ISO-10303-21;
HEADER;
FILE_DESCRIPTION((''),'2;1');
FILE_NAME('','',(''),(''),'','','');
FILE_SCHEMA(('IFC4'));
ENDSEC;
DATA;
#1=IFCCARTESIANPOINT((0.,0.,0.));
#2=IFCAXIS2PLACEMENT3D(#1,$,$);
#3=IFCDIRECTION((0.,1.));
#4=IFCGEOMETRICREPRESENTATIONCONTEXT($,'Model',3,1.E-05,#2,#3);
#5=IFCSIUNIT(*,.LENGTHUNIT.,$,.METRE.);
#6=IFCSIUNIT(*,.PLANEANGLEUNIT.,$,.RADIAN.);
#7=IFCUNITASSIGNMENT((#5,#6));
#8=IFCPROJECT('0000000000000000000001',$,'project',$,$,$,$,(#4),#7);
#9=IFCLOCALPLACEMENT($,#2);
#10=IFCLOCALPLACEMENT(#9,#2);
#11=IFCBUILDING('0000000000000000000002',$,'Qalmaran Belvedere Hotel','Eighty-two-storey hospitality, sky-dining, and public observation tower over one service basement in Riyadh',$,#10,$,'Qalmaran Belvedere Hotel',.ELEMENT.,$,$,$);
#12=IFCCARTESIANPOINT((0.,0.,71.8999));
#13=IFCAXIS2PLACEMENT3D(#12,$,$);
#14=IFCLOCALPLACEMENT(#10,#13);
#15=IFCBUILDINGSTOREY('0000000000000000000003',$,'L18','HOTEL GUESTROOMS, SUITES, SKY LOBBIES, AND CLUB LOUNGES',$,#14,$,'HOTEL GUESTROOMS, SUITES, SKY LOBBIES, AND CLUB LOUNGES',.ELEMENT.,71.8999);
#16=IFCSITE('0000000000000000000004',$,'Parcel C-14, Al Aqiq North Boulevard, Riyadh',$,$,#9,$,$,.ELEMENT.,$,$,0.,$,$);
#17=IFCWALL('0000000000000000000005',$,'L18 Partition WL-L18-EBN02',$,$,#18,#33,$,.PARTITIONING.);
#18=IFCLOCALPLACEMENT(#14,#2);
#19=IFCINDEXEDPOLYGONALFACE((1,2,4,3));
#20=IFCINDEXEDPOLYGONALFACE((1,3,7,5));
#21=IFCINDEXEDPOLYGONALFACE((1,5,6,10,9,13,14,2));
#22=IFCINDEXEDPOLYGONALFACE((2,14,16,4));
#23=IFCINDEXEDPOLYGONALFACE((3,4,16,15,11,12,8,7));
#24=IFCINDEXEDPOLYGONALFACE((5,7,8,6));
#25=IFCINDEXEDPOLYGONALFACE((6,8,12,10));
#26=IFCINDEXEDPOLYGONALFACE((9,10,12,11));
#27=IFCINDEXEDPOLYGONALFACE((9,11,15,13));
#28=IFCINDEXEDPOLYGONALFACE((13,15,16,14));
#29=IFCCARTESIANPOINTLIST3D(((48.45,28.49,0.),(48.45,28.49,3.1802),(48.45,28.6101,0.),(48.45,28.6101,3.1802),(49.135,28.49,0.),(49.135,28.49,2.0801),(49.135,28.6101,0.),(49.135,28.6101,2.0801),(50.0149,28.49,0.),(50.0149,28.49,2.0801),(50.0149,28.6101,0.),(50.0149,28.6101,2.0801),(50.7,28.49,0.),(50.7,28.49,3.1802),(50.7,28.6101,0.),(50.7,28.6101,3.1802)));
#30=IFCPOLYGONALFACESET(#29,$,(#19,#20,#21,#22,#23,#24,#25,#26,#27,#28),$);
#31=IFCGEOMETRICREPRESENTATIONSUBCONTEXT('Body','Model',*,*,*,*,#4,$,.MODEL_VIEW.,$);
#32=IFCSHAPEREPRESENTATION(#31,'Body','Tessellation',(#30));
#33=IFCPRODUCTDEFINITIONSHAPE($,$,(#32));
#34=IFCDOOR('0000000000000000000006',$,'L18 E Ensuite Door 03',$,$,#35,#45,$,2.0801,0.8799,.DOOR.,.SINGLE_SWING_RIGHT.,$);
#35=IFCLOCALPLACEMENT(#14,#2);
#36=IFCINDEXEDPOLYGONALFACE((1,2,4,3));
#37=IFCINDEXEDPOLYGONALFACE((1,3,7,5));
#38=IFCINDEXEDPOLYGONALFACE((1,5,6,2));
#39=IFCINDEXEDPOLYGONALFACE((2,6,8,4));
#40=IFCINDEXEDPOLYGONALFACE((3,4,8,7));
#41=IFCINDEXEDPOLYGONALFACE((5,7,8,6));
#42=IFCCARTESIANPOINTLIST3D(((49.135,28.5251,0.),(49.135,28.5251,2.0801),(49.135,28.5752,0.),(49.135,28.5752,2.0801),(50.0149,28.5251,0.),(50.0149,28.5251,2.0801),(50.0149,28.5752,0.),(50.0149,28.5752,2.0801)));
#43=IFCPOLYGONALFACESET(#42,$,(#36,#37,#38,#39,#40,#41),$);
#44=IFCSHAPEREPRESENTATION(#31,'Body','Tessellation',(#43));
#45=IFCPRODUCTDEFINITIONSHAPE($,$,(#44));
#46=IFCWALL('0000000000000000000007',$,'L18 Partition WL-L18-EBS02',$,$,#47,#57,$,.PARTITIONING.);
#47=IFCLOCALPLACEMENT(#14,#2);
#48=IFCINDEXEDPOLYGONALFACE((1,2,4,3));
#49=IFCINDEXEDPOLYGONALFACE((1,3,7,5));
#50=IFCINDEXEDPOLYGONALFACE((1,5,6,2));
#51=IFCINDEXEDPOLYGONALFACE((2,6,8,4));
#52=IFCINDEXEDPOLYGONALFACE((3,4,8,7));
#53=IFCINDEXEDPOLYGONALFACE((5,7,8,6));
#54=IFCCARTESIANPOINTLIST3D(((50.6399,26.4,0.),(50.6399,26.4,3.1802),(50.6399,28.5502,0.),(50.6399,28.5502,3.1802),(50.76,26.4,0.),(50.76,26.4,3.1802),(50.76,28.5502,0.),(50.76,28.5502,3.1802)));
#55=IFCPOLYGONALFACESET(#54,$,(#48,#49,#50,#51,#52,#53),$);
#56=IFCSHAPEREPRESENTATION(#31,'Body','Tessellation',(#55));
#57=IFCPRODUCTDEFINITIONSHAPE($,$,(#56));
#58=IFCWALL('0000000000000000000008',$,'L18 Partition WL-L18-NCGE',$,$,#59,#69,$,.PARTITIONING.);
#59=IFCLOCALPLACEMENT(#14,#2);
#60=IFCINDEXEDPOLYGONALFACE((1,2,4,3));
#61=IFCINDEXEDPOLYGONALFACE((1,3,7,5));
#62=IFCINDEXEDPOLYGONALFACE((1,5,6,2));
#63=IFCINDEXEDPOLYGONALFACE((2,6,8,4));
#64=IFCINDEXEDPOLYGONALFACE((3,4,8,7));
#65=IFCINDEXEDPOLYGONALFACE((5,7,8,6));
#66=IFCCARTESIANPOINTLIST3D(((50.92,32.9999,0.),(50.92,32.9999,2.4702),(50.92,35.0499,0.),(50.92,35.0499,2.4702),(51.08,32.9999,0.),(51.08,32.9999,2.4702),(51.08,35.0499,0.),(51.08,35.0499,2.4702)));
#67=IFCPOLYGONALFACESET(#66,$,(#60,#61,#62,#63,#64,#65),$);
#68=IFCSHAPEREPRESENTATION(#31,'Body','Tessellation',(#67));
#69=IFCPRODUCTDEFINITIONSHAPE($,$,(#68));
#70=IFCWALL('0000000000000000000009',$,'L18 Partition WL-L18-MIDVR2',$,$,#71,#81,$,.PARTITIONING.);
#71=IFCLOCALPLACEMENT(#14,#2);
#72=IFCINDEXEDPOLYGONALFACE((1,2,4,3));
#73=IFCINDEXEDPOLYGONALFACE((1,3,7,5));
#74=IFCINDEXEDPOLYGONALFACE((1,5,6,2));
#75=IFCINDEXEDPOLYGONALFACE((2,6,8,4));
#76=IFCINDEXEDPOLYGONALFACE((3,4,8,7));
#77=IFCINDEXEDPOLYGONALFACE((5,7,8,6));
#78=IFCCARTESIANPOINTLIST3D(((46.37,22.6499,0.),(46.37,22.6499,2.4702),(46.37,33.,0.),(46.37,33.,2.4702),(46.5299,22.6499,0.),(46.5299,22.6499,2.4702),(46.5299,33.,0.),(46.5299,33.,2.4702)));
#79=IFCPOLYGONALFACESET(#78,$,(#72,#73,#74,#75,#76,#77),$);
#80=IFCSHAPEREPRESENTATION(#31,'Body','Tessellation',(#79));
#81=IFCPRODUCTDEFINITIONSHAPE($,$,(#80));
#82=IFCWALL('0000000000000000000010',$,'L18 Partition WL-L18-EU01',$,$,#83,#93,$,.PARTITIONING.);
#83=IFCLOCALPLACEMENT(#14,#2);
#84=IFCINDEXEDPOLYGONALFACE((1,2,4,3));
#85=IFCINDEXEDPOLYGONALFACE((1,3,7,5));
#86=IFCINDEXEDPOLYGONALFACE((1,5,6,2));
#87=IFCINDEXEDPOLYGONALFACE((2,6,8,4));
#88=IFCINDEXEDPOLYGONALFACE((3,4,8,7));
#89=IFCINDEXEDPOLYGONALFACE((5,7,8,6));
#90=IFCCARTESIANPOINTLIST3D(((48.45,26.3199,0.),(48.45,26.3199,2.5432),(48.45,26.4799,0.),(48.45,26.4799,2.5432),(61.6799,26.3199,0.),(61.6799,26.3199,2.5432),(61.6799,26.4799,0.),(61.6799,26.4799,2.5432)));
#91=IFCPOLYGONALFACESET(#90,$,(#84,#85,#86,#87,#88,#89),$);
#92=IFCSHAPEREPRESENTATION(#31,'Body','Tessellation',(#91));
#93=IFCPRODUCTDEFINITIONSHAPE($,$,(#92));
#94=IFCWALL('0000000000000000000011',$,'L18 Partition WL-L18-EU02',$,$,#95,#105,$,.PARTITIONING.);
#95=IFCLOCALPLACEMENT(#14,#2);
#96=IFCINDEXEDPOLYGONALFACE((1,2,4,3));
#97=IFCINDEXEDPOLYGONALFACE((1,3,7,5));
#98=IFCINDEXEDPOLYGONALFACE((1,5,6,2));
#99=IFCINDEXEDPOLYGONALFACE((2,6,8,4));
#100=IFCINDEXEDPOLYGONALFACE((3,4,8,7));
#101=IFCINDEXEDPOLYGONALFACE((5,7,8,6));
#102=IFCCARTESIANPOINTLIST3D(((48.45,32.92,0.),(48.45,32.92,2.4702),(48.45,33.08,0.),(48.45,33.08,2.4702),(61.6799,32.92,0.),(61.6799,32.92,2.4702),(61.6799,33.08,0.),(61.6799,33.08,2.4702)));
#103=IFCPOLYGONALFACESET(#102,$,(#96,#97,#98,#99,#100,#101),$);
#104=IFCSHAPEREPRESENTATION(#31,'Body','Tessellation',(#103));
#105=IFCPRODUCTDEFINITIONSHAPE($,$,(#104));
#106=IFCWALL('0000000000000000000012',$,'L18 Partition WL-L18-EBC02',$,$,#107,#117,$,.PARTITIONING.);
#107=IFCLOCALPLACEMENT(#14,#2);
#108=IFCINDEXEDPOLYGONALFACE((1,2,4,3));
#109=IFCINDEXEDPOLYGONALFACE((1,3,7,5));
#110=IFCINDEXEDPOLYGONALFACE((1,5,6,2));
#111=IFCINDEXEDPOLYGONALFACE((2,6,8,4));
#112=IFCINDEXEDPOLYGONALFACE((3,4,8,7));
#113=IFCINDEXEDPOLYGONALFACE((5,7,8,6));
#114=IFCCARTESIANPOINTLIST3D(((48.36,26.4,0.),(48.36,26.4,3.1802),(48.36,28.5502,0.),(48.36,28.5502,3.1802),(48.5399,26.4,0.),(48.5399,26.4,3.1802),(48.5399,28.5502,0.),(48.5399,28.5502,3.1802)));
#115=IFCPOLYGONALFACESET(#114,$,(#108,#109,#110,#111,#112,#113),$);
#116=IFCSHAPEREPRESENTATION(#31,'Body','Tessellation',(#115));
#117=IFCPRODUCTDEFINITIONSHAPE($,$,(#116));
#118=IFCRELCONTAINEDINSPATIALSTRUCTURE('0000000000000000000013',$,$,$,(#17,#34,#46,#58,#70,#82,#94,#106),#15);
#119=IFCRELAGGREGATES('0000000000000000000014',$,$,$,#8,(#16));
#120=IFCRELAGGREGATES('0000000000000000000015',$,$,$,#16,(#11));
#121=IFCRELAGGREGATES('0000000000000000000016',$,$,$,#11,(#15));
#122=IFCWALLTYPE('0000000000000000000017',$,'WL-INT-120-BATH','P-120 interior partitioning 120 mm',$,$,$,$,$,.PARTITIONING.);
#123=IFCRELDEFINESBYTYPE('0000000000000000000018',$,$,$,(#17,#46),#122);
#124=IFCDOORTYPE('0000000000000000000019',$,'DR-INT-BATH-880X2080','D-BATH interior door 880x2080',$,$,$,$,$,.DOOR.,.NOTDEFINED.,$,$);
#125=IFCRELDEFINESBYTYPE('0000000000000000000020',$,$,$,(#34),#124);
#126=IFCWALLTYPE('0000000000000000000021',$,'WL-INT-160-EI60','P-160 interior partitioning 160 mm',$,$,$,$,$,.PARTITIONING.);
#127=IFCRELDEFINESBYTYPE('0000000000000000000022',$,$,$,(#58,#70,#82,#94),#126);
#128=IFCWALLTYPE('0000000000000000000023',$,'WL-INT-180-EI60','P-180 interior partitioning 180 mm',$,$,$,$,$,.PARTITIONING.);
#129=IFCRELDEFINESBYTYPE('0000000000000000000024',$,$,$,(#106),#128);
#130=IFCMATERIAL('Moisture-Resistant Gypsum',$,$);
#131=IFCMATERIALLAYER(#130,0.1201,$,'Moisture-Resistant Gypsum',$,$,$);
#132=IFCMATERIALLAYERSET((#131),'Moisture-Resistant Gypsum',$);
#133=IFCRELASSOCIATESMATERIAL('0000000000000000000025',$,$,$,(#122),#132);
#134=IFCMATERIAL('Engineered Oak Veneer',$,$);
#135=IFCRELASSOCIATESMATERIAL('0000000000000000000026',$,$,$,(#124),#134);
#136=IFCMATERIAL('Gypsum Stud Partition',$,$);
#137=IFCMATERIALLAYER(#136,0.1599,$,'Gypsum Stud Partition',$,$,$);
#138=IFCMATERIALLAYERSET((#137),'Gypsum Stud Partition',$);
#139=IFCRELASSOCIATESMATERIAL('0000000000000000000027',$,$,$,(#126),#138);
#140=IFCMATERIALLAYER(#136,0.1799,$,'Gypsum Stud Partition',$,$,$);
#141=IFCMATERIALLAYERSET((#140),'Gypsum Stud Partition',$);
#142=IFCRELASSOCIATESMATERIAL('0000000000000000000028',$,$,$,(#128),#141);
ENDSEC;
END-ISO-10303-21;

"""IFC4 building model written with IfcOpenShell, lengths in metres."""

from ifc_helpers import new_model, si_unit, direction, frame, frame_2d, origin, place, context, subcontext, project, spatial, rectangle, extrude, material, layer, layer_set, type_object, element, fill, save


model = new_model("IFC4")

# Units and contexts
model_context = context("Model", 3, precision=1e-05, world=origin(), true_north=direction((0.0, 1.0)))
body_context = subcontext(model_context, "Body", "Model", "MODEL_VIEW")
ifc_project = project(units=[si_unit("LENGTHUNIT", "METRE"), si_unit("PLANEANGLEUNIT", "RADIAN")], contexts=[model_context])

# Site, building, storey
site_placement = place(None, origin())
site = spatial("IfcSite", under=ifc_project, at=site_placement, Name="Parcel C-14, Al Aqiq North Boulevard, Riyadh", CompositionType="ELEMENT", RefElevation=0.0)
building_placement = place(site_placement, origin())
building = spatial("IfcBuilding", under=site, at=building_placement, Name="Qalmaran Belvedere Hotel", Description="Eighty-two-storey hospitality, sky-dining, and public observation tower over one service basement in Riyadh", LongName="Qalmaran Belvedere Hotel", CompositionType="ELEMENT")
storey_placement = place(building_placement, frame((0.0, 0.0, 71.8999)))
storey = spatial("IfcBuildingStorey", under=building, at=storey_placement, Name="L18", Description="HOTEL GUESTROOMS, SUITES, SKY LOBBIES, AND CLUB LOUNGES", LongName="HOTEL GUESTROOMS, SUITES, SKY LOBBIES, AND CLUB LOUNGES", CompositionType="ELEMENT", Elevation=71.8999)

# Wall, opening, door
ifc_material_1 = material(Name="Moisture-Resistant Gypsum")
ifc_layer_1 = layer(ifc_material_1, 0.1201, Name="Moisture-Resistant Gypsum")
ifc_layer_set_1 = layer_set([ifc_layer_1], Name="Moisture-Resistant Gypsum")
wall_type_1 = type_object("IfcWallType", Name="WL-INT-120-BATH", Description="P-120 interior partitioning 120 mm", PredefinedType="PARTITIONING", material=ifc_layer_set_1)
ifc_material_2 = material(Name="Engineered Oak Veneer")
door_type_1 = type_object("IfcDoorType", Name="DR-INT-BATH-880X2080", Description="D-BATH interior door 880x2080", OperationType="NOTDEFINED", PredefinedType="DOOR", material=ifc_material_2)
wall_1_placement = place(storey_placement, frame((48.45, 28.55, 0.0), z_axis=(0.0, 0.0, 1.0), x_axis=(1.0, 0.0, 0.0)))
wall_1 = element("IfcWall", 1, at=wall_1_placement, inside=storey, type_object=wall_type_1, Name="L18 Partition WL-L18-EBN02", PredefinedType="PARTITIONING", context=body_context, shape_type="SweptSolid", body=[
    extrude(rectangle(XDim=2.25, YDim=0.1201, at=frame_2d((1.125, 0.0))), origin(), (0.0, 0.0, 1.0), 3.1802),
])
opening_1_placement = place(wall_1_placement, frame((1.5649, 0.0, 0.0), z_axis=(0.0, 0.0, 1.0), x_axis=(-1.0, 0.0, 0.0)))
opening_1 = element("IfcOpeningElement", 2, at=opening_1_placement, cuts=wall_1, PredefinedType="OPENING", context=body_context, shape_type="SweptSolid", body=[
    extrude(rectangle(XDim=0.8799, YDim=2.0801, at=frame_2d((0.4399, 1.04))), frame((0.0, 0.0701, 0.0), z_axis=(0.0, -1.0, 0.0), x_axis=(1.0, 0.0, 0.0)), (0.0, 0.0, 1.0), 0.1401),
])
door_1_placement = place(opening_1_placement, origin())
door_1 = element("IfcDoor", 3, at=door_1_placement, inside=storey, type_object=door_type_1, Name="L18 E Ensuite Door 03", OperationType="SINGLE_SWING_RIGHT", OverallHeight=2.0801, OverallWidth=0.8799, PredefinedType="DOOR", context=body_context, shape_type="SweptSolid", body=[
    extrude(rectangle(XDim=0.8799, YDim=2.0801, at=frame_2d((0.4399, 1.04))), frame((0.0, 0.0249, 0.0), z_axis=(0.0, -1.0, 0.0), x_axis=(1.0, 0.0, 0.0)), (0.0, 0.0, 1.0), 0.05),
])
fill(opening_1, door_1)

# Wall
wall_2_placement = place(storey_placement, frame((50.7, 26.3999, 0.0), z_axis=(0.0, 0.0, 1.0), x_axis=(0.0, 1.0, 0.0)))
element("IfcWall", 4, at=wall_2_placement, inside=storey, type_object=wall_type_1, Name="L18 Partition WL-L18-EBS02", PredefinedType="PARTITIONING", context=body_context, shape_type="SweptSolid", body=[
    extrude(rectangle(XDim=2.1501, YDim=0.1201, at=frame_2d((1.0752, 0.0))), origin(), (0.0, 0.0, 1.0), 3.1802),
])

# Shared definitions
ifc_material_3 = material(Name="Gypsum Stud Partition")

# Walls
ifc_layer_2 = layer(ifc_material_3, 0.1599, Name="Gypsum Stud Partition")
ifc_layer_set_2 = layer_set([ifc_layer_2], Name="Gypsum Stud Partition")
wall_type_2 = type_object("IfcWallType", Name="WL-INT-160-EI60", Description="P-160 interior partitioning 160 mm", PredefinedType="PARTITIONING", material=ifc_layer_set_2)
wall_3_placement = place(storey_placement, frame((51.0, 33.0, 0.0), z_axis=(0.0, 0.0, 1.0), x_axis=(0.0, 1.0, 0.0)))
element("IfcWall", 5, at=wall_3_placement, inside=storey, type_object=wall_type_2, Name="L18 Partition WL-L18-NCGE", PredefinedType="PARTITIONING", context=body_context, shape_type="SweptSolid", body=[
    extrude(rectangle(XDim=2.05, YDim=0.1599, at=frame_2d((1.0249, 0.0))), origin(), (0.0, 0.0, 1.0), 2.4702),
])
wall_4_placement = place(storey_placement, frame((46.45, 22.6499, 0.0), z_axis=(0.0, 0.0, 1.0), x_axis=(0.0, 1.0, 0.0)))
element("IfcWall", 6, at=wall_4_placement, inside=storey, type_object=wall_type_2, Name="L18 Partition WL-L18-MIDVR2", PredefinedType="PARTITIONING", context=body_context, shape_type="SweptSolid", body=[
    extrude(rectangle(XDim=10.3501, YDim=0.1599, at=frame_2d((5.175, 0.0))), origin(), (0.0, 0.0, 1.0), 2.4702),
])
wall_5_placement = place(storey_placement, frame((48.45, 26.3999, 0.0), z_axis=(0.0, 0.0, 1.0), x_axis=(1.0, 0.0, 0.0)))
element("IfcWall", 7, at=wall_5_placement, inside=storey, type_object=wall_type_2, Name="L18 Partition WL-L18-EU01", PredefinedType="PARTITIONING", context=body_context, shape_type="SweptSolid", body=[
    extrude(rectangle(XDim=13.23, YDim=0.1599, at=frame_2d((6.615, 0.0))), origin(), (0.0, 0.0, 1.0), 2.5432),
])
wall_6_placement = place(storey_placement, frame((48.45, 33.0, 0.0), z_axis=(0.0, 0.0, 1.0), x_axis=(1.0, 0.0, 0.0)))
element("IfcWall", 8, at=wall_6_placement, inside=storey, type_object=wall_type_2, Name="L18 Partition WL-L18-EU02", PredefinedType="PARTITIONING", context=body_context, shape_type="SweptSolid", body=[
    extrude(rectangle(XDim=13.23, YDim=0.1599, at=frame_2d((6.615, 0.0))), origin(), (0.0, 0.0, 1.0), 2.4702),
])

# Shared definitions
ifc_layer_3 = layer(ifc_material_3, 0.1799, Name="Gypsum Stud Partition")
ifc_layer_set_3 = layer_set([ifc_layer_3], Name="Gypsum Stud Partition")
wall_type_3 = type_object("IfcWallType", Name="WL-INT-180-EI60", Description="P-180 interior partitioning 180 mm", PredefinedType="PARTITIONING", material=ifc_layer_set_3)

# Wall
wall_7_placement = place(storey_placement, frame((48.45, 26.3999, 0.0), z_axis=(0.0, 0.0, 1.0), x_axis=(0.0, 1.0, 0.0)))
element("IfcWall", 9, at=wall_7_placement, inside=storey, type_object=wall_type_3, Name="L18 Partition WL-L18-EBC02", PredefinedType="PARTITIONING", context=body_context, shape_type="SweptSolid", body=[
    extrude(rectangle(XDim=2.1501, YDim=0.1799, at=frame_2d((1.0752, 0.0))), origin(), (0.0, 0.0, 1.0), 3.1802),
])

save(model, "model.ifc")
